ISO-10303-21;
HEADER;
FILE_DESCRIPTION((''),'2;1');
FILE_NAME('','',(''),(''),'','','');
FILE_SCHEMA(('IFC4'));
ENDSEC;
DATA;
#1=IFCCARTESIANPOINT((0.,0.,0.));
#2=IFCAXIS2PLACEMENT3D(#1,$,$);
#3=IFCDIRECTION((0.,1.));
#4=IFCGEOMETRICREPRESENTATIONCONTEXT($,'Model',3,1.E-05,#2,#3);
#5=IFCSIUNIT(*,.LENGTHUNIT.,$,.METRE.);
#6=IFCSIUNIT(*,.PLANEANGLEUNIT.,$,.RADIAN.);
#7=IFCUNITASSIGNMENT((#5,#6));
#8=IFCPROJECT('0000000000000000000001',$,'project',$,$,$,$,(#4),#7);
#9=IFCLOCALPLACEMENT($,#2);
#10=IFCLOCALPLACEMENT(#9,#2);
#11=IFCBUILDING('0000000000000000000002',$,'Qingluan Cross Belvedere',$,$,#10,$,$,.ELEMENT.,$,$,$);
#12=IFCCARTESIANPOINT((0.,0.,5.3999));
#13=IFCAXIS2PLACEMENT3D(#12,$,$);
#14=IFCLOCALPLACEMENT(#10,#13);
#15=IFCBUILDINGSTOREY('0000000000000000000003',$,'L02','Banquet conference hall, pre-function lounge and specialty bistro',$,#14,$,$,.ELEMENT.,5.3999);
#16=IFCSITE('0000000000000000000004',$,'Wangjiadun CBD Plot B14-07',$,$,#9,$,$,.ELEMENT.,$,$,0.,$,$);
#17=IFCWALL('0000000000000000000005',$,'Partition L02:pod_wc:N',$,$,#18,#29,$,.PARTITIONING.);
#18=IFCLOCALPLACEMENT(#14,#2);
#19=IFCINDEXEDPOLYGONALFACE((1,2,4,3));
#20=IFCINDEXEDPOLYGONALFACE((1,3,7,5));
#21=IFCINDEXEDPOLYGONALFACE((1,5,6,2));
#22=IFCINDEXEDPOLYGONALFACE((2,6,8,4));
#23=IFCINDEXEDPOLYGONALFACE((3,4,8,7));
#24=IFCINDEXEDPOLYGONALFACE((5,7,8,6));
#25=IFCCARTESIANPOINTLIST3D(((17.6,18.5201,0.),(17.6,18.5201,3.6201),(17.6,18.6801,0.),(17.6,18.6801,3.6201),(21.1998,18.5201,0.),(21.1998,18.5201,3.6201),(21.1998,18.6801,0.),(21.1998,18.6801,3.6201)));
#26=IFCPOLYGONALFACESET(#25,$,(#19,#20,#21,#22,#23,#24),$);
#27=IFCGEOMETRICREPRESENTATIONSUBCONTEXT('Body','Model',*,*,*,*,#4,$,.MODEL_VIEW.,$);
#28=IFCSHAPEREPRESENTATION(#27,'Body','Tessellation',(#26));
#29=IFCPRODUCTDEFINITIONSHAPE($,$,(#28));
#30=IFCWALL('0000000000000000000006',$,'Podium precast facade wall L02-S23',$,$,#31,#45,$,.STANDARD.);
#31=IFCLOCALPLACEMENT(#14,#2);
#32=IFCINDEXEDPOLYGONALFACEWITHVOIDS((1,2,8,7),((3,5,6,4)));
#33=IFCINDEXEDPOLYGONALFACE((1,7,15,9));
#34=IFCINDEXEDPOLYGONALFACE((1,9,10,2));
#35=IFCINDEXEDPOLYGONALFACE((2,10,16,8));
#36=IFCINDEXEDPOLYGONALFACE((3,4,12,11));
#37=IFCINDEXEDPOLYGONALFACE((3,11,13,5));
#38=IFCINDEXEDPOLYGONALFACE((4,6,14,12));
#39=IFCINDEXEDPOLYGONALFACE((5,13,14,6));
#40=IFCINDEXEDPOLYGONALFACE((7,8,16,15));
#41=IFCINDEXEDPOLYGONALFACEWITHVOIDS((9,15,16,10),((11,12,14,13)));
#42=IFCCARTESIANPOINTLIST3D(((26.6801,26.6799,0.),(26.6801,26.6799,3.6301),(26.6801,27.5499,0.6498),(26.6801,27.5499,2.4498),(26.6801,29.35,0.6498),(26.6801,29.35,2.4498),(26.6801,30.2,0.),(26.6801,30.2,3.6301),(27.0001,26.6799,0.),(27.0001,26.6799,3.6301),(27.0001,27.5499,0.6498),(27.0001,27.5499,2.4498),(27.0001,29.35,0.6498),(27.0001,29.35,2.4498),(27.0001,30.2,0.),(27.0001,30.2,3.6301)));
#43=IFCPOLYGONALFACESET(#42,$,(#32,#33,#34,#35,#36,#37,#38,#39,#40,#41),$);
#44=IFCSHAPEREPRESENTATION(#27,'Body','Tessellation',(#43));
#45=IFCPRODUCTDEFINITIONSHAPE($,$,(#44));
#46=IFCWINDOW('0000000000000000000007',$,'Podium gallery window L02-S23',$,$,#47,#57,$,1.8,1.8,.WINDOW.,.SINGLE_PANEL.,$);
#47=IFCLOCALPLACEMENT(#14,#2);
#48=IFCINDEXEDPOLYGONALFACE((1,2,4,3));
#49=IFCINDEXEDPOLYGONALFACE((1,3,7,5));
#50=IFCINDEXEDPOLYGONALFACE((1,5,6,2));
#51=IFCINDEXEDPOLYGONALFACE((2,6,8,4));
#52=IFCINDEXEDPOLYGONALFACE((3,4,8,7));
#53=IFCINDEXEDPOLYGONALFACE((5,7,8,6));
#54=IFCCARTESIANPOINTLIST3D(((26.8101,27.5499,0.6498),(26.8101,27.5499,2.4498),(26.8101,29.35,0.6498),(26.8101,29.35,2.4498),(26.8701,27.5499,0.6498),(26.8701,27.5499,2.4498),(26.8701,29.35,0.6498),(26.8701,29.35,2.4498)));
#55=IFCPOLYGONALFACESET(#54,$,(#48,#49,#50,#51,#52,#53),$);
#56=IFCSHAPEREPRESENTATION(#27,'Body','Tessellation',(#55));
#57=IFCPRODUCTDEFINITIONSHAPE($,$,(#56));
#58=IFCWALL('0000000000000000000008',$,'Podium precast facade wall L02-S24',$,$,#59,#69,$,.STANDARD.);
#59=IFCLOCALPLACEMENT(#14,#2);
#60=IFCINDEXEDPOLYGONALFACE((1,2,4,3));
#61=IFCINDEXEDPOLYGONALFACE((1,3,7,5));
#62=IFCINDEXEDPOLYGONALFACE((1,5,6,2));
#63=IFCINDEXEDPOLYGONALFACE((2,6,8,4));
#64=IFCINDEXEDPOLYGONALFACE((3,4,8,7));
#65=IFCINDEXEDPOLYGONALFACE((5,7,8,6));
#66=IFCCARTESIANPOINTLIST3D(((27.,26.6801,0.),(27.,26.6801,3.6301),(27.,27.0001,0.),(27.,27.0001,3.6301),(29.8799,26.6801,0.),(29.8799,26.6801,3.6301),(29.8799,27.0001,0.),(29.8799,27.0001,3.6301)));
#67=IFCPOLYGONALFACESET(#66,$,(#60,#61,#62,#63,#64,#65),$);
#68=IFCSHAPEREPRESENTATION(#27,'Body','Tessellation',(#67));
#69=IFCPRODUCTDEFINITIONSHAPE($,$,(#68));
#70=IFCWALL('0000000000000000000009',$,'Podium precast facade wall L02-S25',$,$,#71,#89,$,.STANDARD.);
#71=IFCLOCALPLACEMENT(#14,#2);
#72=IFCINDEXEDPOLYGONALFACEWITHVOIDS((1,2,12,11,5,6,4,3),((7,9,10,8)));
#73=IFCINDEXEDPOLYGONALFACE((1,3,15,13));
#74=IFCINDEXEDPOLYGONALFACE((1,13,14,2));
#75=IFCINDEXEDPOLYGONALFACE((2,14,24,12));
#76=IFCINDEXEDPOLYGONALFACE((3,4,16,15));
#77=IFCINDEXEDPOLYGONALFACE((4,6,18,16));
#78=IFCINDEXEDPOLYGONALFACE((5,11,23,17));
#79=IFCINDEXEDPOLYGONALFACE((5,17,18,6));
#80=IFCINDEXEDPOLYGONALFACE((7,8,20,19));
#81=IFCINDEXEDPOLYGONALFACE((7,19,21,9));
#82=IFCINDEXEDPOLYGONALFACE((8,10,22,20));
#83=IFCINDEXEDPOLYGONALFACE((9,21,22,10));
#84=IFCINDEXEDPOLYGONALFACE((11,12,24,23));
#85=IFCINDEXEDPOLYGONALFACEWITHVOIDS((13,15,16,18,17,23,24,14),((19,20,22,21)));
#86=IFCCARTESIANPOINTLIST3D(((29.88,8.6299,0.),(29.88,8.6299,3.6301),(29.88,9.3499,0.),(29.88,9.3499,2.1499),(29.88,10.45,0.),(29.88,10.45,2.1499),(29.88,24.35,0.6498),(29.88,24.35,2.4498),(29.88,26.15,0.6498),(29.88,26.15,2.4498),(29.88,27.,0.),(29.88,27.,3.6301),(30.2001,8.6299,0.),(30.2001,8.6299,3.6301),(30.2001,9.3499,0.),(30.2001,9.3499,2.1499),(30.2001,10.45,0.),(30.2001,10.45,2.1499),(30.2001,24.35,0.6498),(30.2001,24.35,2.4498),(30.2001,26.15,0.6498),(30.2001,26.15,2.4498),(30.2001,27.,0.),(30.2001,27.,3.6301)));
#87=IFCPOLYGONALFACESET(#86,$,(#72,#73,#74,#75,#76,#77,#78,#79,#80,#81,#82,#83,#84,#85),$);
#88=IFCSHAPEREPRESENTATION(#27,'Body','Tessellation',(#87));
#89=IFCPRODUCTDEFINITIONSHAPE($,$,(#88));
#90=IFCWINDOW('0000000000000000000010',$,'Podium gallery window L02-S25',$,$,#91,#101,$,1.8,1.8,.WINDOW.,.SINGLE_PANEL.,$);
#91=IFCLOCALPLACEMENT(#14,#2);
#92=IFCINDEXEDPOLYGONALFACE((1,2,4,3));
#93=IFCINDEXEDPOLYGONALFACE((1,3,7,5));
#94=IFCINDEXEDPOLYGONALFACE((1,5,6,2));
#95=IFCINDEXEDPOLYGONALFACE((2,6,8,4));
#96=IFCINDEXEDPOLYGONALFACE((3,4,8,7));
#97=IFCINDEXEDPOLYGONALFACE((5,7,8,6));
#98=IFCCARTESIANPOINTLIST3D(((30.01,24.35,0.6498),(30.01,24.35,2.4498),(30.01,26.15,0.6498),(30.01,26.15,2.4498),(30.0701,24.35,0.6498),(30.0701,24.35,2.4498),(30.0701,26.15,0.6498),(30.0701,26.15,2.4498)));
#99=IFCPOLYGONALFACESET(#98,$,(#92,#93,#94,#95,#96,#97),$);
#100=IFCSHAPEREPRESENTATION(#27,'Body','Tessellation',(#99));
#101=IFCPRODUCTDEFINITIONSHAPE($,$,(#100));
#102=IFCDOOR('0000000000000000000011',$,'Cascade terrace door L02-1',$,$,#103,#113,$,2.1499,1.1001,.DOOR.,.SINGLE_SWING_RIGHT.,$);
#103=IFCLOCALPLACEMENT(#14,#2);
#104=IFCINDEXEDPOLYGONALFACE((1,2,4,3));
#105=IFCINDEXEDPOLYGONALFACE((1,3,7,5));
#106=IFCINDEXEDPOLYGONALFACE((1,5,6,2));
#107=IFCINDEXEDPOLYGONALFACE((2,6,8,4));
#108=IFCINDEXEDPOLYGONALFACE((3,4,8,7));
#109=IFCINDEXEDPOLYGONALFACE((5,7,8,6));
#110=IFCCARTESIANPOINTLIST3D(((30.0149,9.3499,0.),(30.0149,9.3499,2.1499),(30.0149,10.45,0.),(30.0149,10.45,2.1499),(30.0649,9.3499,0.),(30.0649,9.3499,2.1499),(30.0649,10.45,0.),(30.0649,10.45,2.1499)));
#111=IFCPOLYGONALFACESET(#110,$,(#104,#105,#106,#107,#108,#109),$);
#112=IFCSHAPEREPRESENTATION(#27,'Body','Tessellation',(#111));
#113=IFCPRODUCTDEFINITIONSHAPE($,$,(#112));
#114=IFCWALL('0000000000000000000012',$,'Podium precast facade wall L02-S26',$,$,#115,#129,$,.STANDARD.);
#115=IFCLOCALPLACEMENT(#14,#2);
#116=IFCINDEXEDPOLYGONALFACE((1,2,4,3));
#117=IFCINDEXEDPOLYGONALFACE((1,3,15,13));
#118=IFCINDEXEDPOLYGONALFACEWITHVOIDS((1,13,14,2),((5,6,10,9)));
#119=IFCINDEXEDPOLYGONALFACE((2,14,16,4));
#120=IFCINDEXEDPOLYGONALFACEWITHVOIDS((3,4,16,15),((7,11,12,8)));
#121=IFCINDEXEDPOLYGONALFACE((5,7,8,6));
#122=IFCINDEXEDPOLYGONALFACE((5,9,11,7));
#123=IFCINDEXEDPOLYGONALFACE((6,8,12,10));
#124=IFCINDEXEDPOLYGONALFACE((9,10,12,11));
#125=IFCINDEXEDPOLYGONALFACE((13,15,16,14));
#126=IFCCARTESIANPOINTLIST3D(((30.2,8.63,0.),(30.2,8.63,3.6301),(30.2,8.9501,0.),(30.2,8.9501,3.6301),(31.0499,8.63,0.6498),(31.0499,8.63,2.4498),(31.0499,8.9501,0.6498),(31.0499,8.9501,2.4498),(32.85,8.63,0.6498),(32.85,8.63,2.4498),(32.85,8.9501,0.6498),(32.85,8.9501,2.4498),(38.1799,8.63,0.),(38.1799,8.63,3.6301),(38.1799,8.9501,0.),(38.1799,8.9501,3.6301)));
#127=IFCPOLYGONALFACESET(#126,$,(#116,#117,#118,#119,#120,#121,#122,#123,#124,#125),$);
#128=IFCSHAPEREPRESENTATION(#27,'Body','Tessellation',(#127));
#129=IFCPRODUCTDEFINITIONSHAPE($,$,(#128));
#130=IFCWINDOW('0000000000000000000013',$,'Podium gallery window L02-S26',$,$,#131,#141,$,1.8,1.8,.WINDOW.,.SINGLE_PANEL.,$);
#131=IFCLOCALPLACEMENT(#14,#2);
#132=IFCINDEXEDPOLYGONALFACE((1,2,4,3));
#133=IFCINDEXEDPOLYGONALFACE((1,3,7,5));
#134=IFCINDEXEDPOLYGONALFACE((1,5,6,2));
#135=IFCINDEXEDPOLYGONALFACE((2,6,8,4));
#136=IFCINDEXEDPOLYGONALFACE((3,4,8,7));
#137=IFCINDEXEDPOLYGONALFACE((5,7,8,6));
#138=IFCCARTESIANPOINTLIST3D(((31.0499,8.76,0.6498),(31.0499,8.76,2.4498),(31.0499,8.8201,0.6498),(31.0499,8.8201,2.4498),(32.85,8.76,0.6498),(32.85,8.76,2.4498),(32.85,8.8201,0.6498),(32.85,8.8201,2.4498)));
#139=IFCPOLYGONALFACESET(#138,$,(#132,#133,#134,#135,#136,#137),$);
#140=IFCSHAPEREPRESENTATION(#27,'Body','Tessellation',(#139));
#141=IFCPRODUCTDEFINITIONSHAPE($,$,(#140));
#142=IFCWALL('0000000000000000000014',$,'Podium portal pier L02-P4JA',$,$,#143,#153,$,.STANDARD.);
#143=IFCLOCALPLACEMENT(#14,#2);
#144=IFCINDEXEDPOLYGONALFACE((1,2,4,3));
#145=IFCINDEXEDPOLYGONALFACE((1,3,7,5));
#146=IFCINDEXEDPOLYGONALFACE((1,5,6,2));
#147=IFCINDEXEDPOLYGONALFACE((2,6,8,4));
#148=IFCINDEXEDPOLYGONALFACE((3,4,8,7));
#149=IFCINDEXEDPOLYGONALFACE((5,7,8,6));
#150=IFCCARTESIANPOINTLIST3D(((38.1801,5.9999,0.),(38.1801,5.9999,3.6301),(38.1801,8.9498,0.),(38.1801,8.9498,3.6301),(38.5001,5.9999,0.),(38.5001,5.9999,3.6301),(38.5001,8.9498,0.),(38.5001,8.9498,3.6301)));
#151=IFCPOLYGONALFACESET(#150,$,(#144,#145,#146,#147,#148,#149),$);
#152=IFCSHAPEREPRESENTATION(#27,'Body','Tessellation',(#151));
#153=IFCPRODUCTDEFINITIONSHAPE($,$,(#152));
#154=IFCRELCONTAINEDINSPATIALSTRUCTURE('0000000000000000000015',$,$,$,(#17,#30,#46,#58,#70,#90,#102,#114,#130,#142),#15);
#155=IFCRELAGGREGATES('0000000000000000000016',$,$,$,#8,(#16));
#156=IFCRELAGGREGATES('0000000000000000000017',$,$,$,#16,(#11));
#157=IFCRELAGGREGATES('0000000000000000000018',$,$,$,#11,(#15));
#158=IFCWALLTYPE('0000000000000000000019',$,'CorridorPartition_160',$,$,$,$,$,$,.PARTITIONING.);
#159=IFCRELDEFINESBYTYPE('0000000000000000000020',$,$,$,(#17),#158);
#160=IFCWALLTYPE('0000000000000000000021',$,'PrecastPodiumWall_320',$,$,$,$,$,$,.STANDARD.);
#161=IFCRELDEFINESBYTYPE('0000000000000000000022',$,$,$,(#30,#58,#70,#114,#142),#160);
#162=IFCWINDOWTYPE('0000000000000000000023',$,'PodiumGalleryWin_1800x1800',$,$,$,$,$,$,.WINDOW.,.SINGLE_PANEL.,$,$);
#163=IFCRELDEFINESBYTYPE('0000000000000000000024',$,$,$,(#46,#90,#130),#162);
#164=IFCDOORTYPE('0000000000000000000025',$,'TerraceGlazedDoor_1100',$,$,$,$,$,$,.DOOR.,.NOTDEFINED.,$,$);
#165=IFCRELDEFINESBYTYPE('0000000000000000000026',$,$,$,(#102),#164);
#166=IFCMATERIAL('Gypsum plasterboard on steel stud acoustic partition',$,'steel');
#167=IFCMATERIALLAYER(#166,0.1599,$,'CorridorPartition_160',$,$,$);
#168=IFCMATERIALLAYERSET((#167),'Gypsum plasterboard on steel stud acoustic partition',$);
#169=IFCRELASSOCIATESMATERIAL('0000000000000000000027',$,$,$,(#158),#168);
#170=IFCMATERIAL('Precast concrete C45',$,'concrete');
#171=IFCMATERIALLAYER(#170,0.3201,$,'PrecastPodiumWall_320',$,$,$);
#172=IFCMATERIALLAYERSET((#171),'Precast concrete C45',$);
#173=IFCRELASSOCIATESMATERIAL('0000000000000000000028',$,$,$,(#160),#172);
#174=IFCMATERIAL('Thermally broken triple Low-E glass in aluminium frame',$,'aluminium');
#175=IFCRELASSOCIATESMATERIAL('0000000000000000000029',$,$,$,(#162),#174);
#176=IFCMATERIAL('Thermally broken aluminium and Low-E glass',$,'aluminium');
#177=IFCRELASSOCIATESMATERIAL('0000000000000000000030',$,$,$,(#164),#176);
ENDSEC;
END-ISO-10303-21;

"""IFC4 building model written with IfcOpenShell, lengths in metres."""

from ifc_helpers import new_model, si_unit, direction, frame, frame_2d, origin, place, context, subcontext, project, spatial, rectangle, extrude, material, layer, layer_set, type_object, element, fill, save


model = new_model("IFC4")

# Units and contexts
model_context = context("Model", 3, precision=1e-05, world=origin(), true_north=direction((0.0, 1.0)))
body_context = subcontext(model_context, "Body", "Model", "MODEL_VIEW")
ifc_project = project(units=[si_unit("LENGTHUNIT", "METRE"), si_unit("PLANEANGLEUNIT", "RADIAN")], contexts=[model_context])

# Site, building, storey
site_placement = place(None, origin())
site = spatial("IfcSite", under=ifc_project, at=site_placement, Name="Wangjiadun CBD Plot B14-07", CompositionType="ELEMENT", RefElevation=0.0)
building_placement = place(site_placement, origin())
building = spatial("IfcBuilding", under=site, at=building_placement, Name="Qingluan Cross Belvedere", CompositionType="ELEMENT")
storey_placement = place(building_placement, frame((0.0, 0.0, 5.3999)))
storey = spatial("IfcBuildingStorey", under=building, at=storey_placement, Name="L02", Description="Banquet conference hall, pre-function lounge and specialty bistro", CompositionType="ELEMENT", Elevation=5.3999)

# Shared definitions
ifc_material_1 = material(Name="Gypsum plasterboard on steel stud acoustic partition", Category="steel")
ifc_layer_1 = layer(ifc_material_1, 0.1599, Name="CorridorPartition_160")
ifc_layer_set_1 = layer_set([ifc_layer_1], Name="Gypsum plasterboard on steel stud acoustic partition")
wall_type_1 = type_object("IfcWallType", Name="CorridorPartition_160", PredefinedType="PARTITIONING", material=ifc_layer_set_1)

# Wall
wall_1_placement = place(storey_placement, frame((17.6001, 18.6001, 0.0), z_axis=(0.0, 0.0, 1.0), x_axis=(1.0, 0.0, 0.0)))
element("IfcWall", 1, at=wall_1_placement, inside=storey, type_object=wall_type_1, Name="Partition L02:pod_wc:N", PredefinedType="PARTITIONING", context=body_context, shape_type="SweptSolid", body=[
    extrude(rectangle(XDim=3.5999, YDim=0.1599, at=frame_2d((1.7998, 0.0))), origin(), (0.0, 0.0, 1.0), 3.6201),
])

# Wall, opening, window
ifc_material_2 = material(Name="Precast concrete C45", Category="concrete")
ifc_layer_2 = layer(ifc_material_2, 0.3201, Name="PrecastPodiumWall_320")
ifc_layer_set_2 = layer_set([ifc_layer_2], Name="Precast concrete C45")
wall_type_2 = type_object("IfcWallType", Name="PrecastPodiumWall_320", PredefinedType="STANDARD", material=ifc_layer_set_2)
wall_2_placement = place(storey_placement, frame((26.8401, 30.2, 0.0), z_axis=(0.0, 0.0, 1.0), x_axis=(0.0, -1.0, 0.0)))
wall_2 = element("IfcWall", 2, at=wall_2_placement, inside=storey, type_object=wall_type_2, Name="Podium precast facade wall L02-S23", PredefinedType="STANDARD", context=body_context, shape_type="SweptSolid", body=[
    extrude(rectangle(XDim=3.52, YDim=0.3201, at=frame_2d((1.76, 0.0))), origin(), (0.0, 0.0, 1.0), 3.6301),
])
opening_1_placement = place(wall_2_placement, frame((0.8501, 0.0, 0.6499)))
opening_1 = element("IfcOpeningElement", 3, at=opening_1_placement, cuts=wall_2, PredefinedType="OPENING", context=body_context, shape_type="SweptSolid", body=[
    extrude(rectangle(XDim=1.8, YDim=1.8, at=frame_2d((0.8999, 0.8999))), frame((0.0, 0.1699, 0.0), z_axis=(0.0, -1.0, 0.0), x_axis=(1.0, 0.0, 0.0)), (0.0, 0.0, 1.0), 0.3401),
])
ifc_material_3 = material(Name="Thermally broken triple Low-E glass in aluminium frame", Category="aluminium")
window_type = type_object("IfcWindowType", Name="PodiumGalleryWin_1800x1800", PartitioningType="SINGLE_PANEL", PredefinedType="WINDOW", material=ifc_material_3)
window_1_placement = place(opening_1_placement, origin())
window_1 = element("IfcWindow", 4, at=window_1_placement, inside=storey, type_object=window_type, Name="Podium gallery window L02-S23", OverallHeight=1.8, OverallWidth=1.8, PartitioningType="SINGLE_PANEL", PredefinedType="WINDOW", context=body_context, shape_type="SweptSolid", body=[
    extrude(rectangle(XDim=1.8, YDim=1.8, at=frame_2d((0.8999, 0.8999))), frame((0.0, 0.03, 0.0), z_axis=(0.0, -1.0, 0.0), x_axis=(1.0, 0.0, 0.0)), (0.0, 0.0, 1.0), 0.0601),
])
fill(opening_1, window_1)

# Wall
wall_3_placement = place(storey_placement, frame((27.0, 26.8401, 0.0), z_axis=(0.0, 0.0, 1.0), x_axis=(1.0, 0.0, 0.0)))
element("IfcWall", 5, at=wall_3_placement, inside=storey, type_object=wall_type_2, Name="Podium precast facade wall L02-S24", PredefinedType="STANDARD", context=body_context, shape_type="SweptSolid", body=[
    extrude(rectangle(XDim=2.8799, YDim=0.3201, at=frame_2d((1.4399, 0.0))), origin(), (0.0, 0.0, 1.0), 3.6301),
])

# Wall, openings, window, door
wall_4_placement = place(storey_placement, frame((30.04, 27.0, 0.0), z_axis=(0.0, 0.0, 1.0), x_axis=(0.0, -1.0, 0.0)))
wall_4 = element("IfcWall", 6, at=wall_4_placement, inside=storey, type_object=wall_type_2, Name="Podium precast facade wall L02-S25", PredefinedType="STANDARD", context=body_context, shape_type="SweptSolid", body=[
    extrude(rectangle(XDim=18.3701, YDim=0.3201, at=frame_2d((9.1851, 0.0))), origin(), (0.0, 0.0, 1.0), 3.6301),
])
opening_2_placement = place(wall_4_placement, frame((0.8501, 0.0, 0.6499)))
opening_2 = element("IfcOpeningElement", 7, at=opening_2_placement, cuts=wall_4, PredefinedType="OPENING", context=body_context, shape_type="SweptSolid", body=[
    extrude(rectangle(XDim=1.8, YDim=1.8, at=frame_2d((0.8999, 0.8999))), frame((0.0, 0.1699, 0.0), z_axis=(0.0, -1.0, 0.0), x_axis=(1.0, 0.0, 0.0)), (0.0, 0.0, 1.0), 0.3401),
])
opening_3_placement = place(wall_4_placement, frame((16.55, 0.0, 0.0)))
opening_3 = element("IfcOpeningElement", 8, at=opening_3_placement, cuts=wall_4, PredefinedType="OPENING", context=body_context, shape_type="SweptSolid", body=[
    extrude(rectangle(XDim=1.1001, YDim=2.1499, at=frame_2d((0.55, 1.075))), frame((0.0, 0.1699, 0.0), z_axis=(0.0, -1.0, 0.0), x_axis=(1.0, 0.0, 0.0)), (0.0, 0.0, 1.0), 0.3401),
])
window_2_placement = place(opening_2_placement, origin())
window_2 = element("IfcWindow", 9, at=window_2_placement, inside=storey, type_object=window_type, Name="Podium gallery window L02-S25", OverallHeight=1.8, OverallWidth=1.8, PartitioningType="SINGLE_PANEL", PredefinedType="WINDOW", context=body_context, shape_type="SweptSolid", body=[
    extrude(rectangle(XDim=1.8, YDim=1.8, at=frame_2d((0.8999, 0.8999))), frame((0.0, 0.03, 0.0), z_axis=(0.0, -1.0, 0.0), x_axis=(1.0, 0.0, 0.0)), (0.0, 0.0, 1.0), 0.0601),
])
fill(opening_2, window_2)
ifc_material_4 = material(Name="Thermally broken aluminium and Low-E glass", Category="aluminium")
door_type_1 = type_object("IfcDoorType", Name="TerraceGlazedDoor_1100", OperationType="NOTDEFINED", PredefinedType="DOOR", material=ifc_material_4)
door_1_placement = place(opening_3_placement, origin())
door_1 = element("IfcDoor", 10, at=door_1_placement, inside=storey, type_object=door_type_1, Name="Cascade terrace door L02-1", OperationType="SINGLE_SWING_RIGHT", OverallHeight=2.1499, OverallWidth=1.1001, PredefinedType="DOOR", context=body_context, shape_type="SweptSolid", body=[
    extrude(rectangle(XDim=1.1001, YDim=2.1499, at=frame_2d((0.55, 1.075))), frame((0.0, 0.0249, 0.0), z_axis=(0.0, -1.0, 0.0), x_axis=(1.0, 0.0, 0.0)), (0.0, 0.0, 1.0), 0.05),
])
fill(opening_3, door_1)

# Wall, opening, window
wall_5_placement = place(storey_placement, frame((30.2, 8.79, 0.0), z_axis=(0.0, 0.0, 1.0), x_axis=(1.0, 0.0, 0.0)))
wall_5 = element("IfcWall", 11, at=wall_5_placement, inside=storey, type_object=wall_type_2, Name="Podium precast facade wall L02-S26", PredefinedType="STANDARD", context=body_context, shape_type="SweptSolid", body=[
    extrude(rectangle(XDim=7.98, YDim=0.3201, at=frame_2d((3.99, 0.0))), origin(), (0.0, 0.0, 1.0), 3.6301),
])
opening_4_placement = place(wall_5_placement, frame((0.8501, 0.0, 0.6499)))
opening_4 = element("IfcOpeningElement", 12, at=opening_4_placement, cuts=wall_5, PredefinedType="OPENING", context=body_context, shape_type="SweptSolid", body=[
    extrude(rectangle(XDim=1.8, YDim=1.8, at=frame_2d((0.8999, 0.8999))), frame((0.0, 0.1699, 0.0), z_axis=(0.0, -1.0, 0.0), x_axis=(1.0, 0.0, 0.0)), (0.0, 0.0, 1.0), 0.3401),
])
window_3_placement = place(opening_4_placement, origin())
window_3 = element("IfcWindow", 13, at=window_3_placement, inside=storey, type_object=window_type, Name="Podium gallery window L02-S26", OverallHeight=1.8, OverallWidth=1.8, PartitioningType="SINGLE_PANEL", PredefinedType="WINDOW", context=body_context, shape_type="SweptSolid", body=[
    extrude(rectangle(XDim=1.8, YDim=1.8, at=frame_2d((0.8999, 0.8999))), frame((0.0, 0.03, 0.0), z_axis=(0.0, -1.0, 0.0), x_axis=(1.0, 0.0, 0.0)), (0.0, 0.0, 1.0), 0.0601),
])
fill(opening_4, window_3)

# Wall
wall_6_placement = place(storey_placement, frame((38.3401, 8.95, 0.0), z_axis=(0.0, 0.0, 1.0), x_axis=(0.0, -1.0, 0.0)))
element("IfcWall", 14, at=wall_6_placement, inside=storey, type_object=wall_type_2, Name="Podium portal pier L02-P4JA", PredefinedType="STANDARD", context=body_context, shape_type="SweptSolid", body=[
    extrude(rectangle(XDim=2.95, YDim=0.3201, at=frame_2d((1.4751, 0.0))), origin(), (0.0, 0.0, 1.0), 3.6301),
])

save(model, "model.ifc")
